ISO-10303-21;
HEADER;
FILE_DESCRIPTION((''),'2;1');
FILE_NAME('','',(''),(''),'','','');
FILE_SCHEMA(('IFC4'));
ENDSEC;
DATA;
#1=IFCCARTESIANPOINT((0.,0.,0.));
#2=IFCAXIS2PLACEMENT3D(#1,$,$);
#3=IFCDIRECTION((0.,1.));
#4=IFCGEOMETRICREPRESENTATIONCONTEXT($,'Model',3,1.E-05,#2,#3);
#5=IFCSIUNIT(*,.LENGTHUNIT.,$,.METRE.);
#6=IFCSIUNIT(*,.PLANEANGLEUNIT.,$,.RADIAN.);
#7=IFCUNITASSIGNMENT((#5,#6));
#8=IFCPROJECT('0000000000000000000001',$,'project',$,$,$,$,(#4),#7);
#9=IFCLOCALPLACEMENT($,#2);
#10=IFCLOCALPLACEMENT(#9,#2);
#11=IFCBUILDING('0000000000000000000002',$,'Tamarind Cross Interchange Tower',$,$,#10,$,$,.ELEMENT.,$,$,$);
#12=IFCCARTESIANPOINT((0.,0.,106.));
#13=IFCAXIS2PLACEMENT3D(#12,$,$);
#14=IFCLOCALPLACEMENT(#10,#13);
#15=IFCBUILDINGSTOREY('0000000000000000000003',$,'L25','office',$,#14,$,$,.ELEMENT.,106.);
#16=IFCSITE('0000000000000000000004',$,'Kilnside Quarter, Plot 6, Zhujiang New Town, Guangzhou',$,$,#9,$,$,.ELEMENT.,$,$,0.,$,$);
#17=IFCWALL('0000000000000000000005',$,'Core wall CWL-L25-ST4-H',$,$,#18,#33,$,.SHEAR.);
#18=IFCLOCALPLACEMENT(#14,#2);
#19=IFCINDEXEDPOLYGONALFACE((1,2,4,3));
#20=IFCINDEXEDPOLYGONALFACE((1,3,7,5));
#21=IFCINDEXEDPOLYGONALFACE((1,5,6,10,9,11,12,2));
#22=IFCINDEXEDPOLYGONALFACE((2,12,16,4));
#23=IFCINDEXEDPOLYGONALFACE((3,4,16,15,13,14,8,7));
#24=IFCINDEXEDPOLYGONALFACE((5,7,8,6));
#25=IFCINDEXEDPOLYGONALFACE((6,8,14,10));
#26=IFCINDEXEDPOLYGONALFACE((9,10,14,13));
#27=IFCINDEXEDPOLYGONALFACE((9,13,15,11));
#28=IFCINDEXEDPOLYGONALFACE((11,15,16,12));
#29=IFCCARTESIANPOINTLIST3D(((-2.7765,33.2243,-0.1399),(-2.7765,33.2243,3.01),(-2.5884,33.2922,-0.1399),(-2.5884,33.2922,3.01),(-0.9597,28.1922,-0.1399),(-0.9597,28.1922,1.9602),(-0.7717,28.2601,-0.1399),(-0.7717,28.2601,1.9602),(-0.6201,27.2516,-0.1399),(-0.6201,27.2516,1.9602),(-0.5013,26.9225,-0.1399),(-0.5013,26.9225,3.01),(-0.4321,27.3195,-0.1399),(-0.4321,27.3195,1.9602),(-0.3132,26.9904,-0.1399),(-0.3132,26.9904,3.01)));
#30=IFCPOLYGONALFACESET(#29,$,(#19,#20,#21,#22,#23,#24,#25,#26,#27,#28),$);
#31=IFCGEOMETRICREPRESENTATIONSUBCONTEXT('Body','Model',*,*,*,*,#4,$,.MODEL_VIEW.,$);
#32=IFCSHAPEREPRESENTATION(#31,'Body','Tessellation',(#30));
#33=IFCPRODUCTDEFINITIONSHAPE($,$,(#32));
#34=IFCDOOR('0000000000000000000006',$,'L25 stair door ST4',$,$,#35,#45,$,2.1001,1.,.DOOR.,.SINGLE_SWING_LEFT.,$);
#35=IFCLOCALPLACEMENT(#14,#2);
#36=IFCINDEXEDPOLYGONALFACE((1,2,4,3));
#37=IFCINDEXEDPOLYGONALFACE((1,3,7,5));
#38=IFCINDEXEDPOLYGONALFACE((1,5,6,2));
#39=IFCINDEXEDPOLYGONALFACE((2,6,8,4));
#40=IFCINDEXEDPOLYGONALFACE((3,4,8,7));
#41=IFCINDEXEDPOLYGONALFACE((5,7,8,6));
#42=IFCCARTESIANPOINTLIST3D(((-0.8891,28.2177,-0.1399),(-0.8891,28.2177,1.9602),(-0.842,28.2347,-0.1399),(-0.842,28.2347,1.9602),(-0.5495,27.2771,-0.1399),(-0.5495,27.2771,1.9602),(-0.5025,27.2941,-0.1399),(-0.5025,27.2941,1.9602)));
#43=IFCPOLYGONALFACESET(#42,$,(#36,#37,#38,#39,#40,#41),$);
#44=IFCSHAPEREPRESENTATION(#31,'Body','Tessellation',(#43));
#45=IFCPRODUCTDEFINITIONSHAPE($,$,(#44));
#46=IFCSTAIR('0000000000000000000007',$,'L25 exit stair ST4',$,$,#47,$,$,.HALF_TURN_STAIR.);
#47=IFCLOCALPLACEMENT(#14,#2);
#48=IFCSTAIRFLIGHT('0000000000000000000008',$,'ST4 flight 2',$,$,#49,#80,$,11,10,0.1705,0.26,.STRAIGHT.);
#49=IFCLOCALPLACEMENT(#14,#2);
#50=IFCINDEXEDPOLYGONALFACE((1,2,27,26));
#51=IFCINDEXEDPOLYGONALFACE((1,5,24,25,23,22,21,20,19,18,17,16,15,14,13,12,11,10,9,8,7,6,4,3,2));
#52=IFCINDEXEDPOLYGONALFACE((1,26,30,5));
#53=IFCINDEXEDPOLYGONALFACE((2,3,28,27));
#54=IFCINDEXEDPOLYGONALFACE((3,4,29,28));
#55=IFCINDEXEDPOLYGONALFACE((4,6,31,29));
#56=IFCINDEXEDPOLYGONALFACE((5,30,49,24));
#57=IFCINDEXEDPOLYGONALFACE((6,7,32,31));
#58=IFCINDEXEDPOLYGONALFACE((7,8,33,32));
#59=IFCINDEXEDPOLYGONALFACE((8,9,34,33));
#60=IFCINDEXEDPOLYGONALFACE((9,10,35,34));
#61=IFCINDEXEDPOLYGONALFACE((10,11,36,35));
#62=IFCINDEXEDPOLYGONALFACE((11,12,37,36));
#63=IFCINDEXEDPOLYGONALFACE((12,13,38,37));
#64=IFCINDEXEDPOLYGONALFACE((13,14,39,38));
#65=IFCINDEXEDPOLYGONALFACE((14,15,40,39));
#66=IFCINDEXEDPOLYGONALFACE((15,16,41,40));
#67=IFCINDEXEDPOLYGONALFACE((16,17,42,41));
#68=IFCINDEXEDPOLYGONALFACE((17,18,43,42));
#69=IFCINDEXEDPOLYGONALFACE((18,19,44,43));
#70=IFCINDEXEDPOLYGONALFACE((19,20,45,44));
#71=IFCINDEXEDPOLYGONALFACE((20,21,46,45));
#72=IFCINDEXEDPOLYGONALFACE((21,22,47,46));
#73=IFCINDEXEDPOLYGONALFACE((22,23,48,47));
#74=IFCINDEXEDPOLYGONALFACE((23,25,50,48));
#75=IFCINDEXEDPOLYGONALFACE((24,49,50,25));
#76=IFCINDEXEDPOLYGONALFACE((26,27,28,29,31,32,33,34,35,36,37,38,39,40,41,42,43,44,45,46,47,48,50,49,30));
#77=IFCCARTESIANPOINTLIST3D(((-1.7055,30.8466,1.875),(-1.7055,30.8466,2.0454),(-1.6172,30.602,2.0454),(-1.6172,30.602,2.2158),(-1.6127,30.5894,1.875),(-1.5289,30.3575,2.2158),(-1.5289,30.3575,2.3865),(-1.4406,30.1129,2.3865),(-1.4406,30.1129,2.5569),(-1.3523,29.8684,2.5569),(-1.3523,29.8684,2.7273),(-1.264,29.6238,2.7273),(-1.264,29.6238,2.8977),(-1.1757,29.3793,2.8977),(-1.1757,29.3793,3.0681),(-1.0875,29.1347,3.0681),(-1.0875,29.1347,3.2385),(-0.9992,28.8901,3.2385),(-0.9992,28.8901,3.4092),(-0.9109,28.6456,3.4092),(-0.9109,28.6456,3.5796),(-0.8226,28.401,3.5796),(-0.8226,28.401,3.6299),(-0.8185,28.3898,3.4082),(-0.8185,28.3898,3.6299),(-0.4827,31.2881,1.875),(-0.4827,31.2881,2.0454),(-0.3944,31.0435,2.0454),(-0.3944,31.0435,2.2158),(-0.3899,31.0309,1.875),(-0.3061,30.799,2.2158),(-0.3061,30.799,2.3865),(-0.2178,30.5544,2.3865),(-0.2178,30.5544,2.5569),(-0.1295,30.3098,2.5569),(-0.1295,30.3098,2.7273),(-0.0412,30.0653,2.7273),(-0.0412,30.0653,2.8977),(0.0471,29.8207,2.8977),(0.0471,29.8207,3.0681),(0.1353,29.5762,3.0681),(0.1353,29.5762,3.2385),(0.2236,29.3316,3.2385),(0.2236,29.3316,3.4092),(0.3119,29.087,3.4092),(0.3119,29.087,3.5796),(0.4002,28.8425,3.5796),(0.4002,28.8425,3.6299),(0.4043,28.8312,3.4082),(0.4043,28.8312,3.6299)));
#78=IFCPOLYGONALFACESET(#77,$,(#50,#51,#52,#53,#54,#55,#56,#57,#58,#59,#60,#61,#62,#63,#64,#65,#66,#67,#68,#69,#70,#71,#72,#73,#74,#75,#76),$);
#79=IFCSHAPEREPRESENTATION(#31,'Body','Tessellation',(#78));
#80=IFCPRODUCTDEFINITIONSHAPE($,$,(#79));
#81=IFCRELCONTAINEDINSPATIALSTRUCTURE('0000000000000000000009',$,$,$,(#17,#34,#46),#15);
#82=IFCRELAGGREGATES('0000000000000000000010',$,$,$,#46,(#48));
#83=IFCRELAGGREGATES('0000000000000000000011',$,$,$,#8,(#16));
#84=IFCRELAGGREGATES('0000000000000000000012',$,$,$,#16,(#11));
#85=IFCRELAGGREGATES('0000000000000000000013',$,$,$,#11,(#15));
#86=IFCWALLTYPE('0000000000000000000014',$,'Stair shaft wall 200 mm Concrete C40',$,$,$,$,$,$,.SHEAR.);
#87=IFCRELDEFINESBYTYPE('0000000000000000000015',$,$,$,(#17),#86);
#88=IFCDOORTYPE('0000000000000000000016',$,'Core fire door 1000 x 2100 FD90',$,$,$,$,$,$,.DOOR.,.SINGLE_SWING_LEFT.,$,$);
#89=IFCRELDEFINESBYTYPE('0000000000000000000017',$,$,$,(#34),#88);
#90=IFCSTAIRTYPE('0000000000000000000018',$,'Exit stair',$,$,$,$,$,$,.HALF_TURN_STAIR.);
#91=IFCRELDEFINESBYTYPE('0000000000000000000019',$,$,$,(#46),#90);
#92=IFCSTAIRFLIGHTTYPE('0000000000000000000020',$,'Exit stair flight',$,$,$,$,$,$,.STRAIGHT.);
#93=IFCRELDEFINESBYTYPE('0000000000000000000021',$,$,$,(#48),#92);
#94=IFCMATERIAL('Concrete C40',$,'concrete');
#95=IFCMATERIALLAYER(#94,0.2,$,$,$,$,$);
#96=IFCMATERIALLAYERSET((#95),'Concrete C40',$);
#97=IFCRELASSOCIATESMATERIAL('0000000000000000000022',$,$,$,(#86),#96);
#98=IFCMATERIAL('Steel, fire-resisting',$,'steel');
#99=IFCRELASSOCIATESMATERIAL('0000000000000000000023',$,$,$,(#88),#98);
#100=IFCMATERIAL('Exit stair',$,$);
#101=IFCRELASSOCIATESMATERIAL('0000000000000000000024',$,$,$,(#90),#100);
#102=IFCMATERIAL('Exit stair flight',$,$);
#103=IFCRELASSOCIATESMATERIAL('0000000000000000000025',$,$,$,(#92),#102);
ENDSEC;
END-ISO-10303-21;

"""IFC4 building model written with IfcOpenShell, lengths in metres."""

from ifc_helpers import new_model, si_unit, direction, frame, frame_2d, origin, place, context, subcontext, project, spatial, polyline, rectangle, outline, extrude, material, layer, layer_set, type_object, element, fill, aggregate, save


model = new_model("IFC4")

# Units and contexts
model_context = context("Model", 3, precision=1e-05, world=origin(), true_north=direction((0.0, 1.0)))
body_context = subcontext(model_context, "Body", "Model", "MODEL_VIEW")
ifc_project = project(units=[si_unit("LENGTHUNIT", "METRE"), si_unit("PLANEANGLEUNIT", "RADIAN")], contexts=[model_context])

# Site, building, storey
site_placement = place(None, origin())
site = spatial("IfcSite", under=ifc_project, at=site_placement, Name="Kilnside Quarter, Plot 6, Zhujiang New Town, Guangzhou", CompositionType="ELEMENT", RefElevation=0.0)
building_placement = place(site_placement, origin())
building = spatial("IfcBuilding", under=site, at=building_placement, Name="Tamarind Cross Interchange Tower", CompositionType="ELEMENT")
storey_placement = place(building_placement, frame((0.0, 0.0, 106.0)))
storey = spatial("IfcBuildingStorey", under=building, at=storey_placement, Name="L25", Description="office", CompositionType="ELEMENT", Elevation=106.0)

# Wall, opening, door
ifc_material_1 = material(Name="Concrete C40", Category="concrete")
ifc_layer_1 = layer(ifc_material_1, 0.2)
ifc_layer_set_1 = layer_set([ifc_layer_1], Name="Concrete C40")
wall_type_1 = type_object("IfcWallType", Name="Stair shaft wall 200 mm Concrete C40", PredefinedType="SHEAR", material=ifc_layer_set_1)
wall_1_placement = place(storey_placement, frame((-0.4072, 26.9563, -0.1399), z_axis=(0.0, 0.0, 1.0), x_axis=(-0.33958, 0.940577, 0.0)))
wall_1 = element("IfcWall", 1, at=wall_1_placement, inside=storey, type_object=wall_type_1, Name="Core wall CWL-L25-ST4-H", PredefinedType="SHEAR", context=body_context, shape_type="SweptSolid", body=[
    extrude(rectangle(XDim=6.7, YDim=0.2, at=frame_2d((3.3501, 0.0))), origin(), (0.0, 0.0, 1.0), 3.1499),
])
opening_1_placement = place(wall_1_placement, frame((0.3501, 0.0, 0.0)))
opening_1 = element("IfcOpeningElement", 2, at=opening_1_placement, cuts=wall_1, PredefinedType="OPENING", context=body_context, shape_type="SweptSolid", body=[
    extrude(rectangle(XDim=1.0, YDim=2.1001, at=frame_2d((0.5, 1.05))), frame((0.0, 0.1099, 0.0), z_axis=(0.0, -1.0, 0.0), x_axis=(1.0, 0.0, 0.0)), (0.0, 0.0, 1.0), 0.22),
])
ifc_material_2 = material(Name="Steel, fire-resisting", Category="steel")
door_type_1 = type_object("IfcDoorType", Name="Core fire door 1000 x 2100 FD90", OperationType="SINGLE_SWING_LEFT", PredefinedType="DOOR", material=ifc_material_2)
door_1_placement = place(opening_1_placement, origin())
door_1 = element("IfcDoor", 3, at=door_1_placement, inside=storey, type_object=door_type_1, Name="L25 stair door ST4", OperationType="SINGLE_SWING_LEFT", OverallHeight=2.1001, OverallWidth=1.0, PredefinedType="DOOR", context=body_context, shape_type="SweptSolid", body=[
    extrude(rectangle(XDim=1.0, YDim=2.1001, at=frame_2d((0.5, 1.05))), frame((0.0, 0.0249, 0.0), z_axis=(0.0, -1.0, 0.0), x_axis=(1.0, 0.0, 0.0)), (0.0, 0.0, 1.0), 0.05),
])
fill(opening_1, door_1)

# Stair, stair flight
ifc_material_3 = material(Name="Exit stair")
stair_type = type_object("IfcStairType", Name="Exit stair", PredefinedType="HALF_TURN_STAIR", material=ifc_material_3)
stair_placement = place(storey_placement, origin())
stair = element("IfcStair", 4, at=stair_placement, inside=storey, type_object=stair_type, Name="L25 exit stair ST4", PredefinedType="HALF_TURN_STAIR")
ifc_material_4 = material(Name="Exit stair flight")
stair_flight_type = type_object("IfcStairFlightType", Name="Exit stair flight", PredefinedType="STRAIGHT", material=ifc_material_4)
stair_flight_placement = place(storey_placement, frame((-1.094, 31.0674, 1.875), z_axis=(0.0, 0.0, 1.0), x_axis=(0.339579, -0.940578, 0.0)))
stair_flight = element("IfcStairFlight", 5, at=stair_flight_placement, type_object=stair_flight_type, Name="ST4 flight 2", NumberOfRisers=11, NumberOfTreads=10, PredefinedType="STRAIGHT", RiserHeight=0.1705, TreadLength=0.26, context=body_context, shape_type="SweptSolid", body=[
    extrude(outline(polyline([(0.0, 0.0), (0.0, 0.1704), (0.26, 0.1704), (0.26, 0.3408), (0.52, 0.3408), (0.52, 0.5115), (0.78, 0.5115), (0.78, 0.6819), (1.04, 0.6819), (1.04, 0.8523), (1.3, 0.8523), (1.3, 1.0227), (1.5601, 1.0227), (1.5601, 1.1931), (1.8201, 1.1931), (1.8201, 1.3635), (2.0801, 1.3635), (2.0801, 1.5342), (2.3401, 1.5342), (2.3401, 1.7046), (2.6001, 1.7046), (2.6001, 1.7549), (2.6121, 1.7549), (2.6121, 1.5332), (0.2734, 0.0), (0.0, 0.0)])), frame((0.0, 0.6499, 0.0), z_axis=(0.0, -1.0, 0.0), x_axis=(1.0, 0.0, 0.0)), (0.0, 0.0, 1.0), 1.3),
])
aggregate(stair, [stair_flight])

save(model, "model.ifc")
